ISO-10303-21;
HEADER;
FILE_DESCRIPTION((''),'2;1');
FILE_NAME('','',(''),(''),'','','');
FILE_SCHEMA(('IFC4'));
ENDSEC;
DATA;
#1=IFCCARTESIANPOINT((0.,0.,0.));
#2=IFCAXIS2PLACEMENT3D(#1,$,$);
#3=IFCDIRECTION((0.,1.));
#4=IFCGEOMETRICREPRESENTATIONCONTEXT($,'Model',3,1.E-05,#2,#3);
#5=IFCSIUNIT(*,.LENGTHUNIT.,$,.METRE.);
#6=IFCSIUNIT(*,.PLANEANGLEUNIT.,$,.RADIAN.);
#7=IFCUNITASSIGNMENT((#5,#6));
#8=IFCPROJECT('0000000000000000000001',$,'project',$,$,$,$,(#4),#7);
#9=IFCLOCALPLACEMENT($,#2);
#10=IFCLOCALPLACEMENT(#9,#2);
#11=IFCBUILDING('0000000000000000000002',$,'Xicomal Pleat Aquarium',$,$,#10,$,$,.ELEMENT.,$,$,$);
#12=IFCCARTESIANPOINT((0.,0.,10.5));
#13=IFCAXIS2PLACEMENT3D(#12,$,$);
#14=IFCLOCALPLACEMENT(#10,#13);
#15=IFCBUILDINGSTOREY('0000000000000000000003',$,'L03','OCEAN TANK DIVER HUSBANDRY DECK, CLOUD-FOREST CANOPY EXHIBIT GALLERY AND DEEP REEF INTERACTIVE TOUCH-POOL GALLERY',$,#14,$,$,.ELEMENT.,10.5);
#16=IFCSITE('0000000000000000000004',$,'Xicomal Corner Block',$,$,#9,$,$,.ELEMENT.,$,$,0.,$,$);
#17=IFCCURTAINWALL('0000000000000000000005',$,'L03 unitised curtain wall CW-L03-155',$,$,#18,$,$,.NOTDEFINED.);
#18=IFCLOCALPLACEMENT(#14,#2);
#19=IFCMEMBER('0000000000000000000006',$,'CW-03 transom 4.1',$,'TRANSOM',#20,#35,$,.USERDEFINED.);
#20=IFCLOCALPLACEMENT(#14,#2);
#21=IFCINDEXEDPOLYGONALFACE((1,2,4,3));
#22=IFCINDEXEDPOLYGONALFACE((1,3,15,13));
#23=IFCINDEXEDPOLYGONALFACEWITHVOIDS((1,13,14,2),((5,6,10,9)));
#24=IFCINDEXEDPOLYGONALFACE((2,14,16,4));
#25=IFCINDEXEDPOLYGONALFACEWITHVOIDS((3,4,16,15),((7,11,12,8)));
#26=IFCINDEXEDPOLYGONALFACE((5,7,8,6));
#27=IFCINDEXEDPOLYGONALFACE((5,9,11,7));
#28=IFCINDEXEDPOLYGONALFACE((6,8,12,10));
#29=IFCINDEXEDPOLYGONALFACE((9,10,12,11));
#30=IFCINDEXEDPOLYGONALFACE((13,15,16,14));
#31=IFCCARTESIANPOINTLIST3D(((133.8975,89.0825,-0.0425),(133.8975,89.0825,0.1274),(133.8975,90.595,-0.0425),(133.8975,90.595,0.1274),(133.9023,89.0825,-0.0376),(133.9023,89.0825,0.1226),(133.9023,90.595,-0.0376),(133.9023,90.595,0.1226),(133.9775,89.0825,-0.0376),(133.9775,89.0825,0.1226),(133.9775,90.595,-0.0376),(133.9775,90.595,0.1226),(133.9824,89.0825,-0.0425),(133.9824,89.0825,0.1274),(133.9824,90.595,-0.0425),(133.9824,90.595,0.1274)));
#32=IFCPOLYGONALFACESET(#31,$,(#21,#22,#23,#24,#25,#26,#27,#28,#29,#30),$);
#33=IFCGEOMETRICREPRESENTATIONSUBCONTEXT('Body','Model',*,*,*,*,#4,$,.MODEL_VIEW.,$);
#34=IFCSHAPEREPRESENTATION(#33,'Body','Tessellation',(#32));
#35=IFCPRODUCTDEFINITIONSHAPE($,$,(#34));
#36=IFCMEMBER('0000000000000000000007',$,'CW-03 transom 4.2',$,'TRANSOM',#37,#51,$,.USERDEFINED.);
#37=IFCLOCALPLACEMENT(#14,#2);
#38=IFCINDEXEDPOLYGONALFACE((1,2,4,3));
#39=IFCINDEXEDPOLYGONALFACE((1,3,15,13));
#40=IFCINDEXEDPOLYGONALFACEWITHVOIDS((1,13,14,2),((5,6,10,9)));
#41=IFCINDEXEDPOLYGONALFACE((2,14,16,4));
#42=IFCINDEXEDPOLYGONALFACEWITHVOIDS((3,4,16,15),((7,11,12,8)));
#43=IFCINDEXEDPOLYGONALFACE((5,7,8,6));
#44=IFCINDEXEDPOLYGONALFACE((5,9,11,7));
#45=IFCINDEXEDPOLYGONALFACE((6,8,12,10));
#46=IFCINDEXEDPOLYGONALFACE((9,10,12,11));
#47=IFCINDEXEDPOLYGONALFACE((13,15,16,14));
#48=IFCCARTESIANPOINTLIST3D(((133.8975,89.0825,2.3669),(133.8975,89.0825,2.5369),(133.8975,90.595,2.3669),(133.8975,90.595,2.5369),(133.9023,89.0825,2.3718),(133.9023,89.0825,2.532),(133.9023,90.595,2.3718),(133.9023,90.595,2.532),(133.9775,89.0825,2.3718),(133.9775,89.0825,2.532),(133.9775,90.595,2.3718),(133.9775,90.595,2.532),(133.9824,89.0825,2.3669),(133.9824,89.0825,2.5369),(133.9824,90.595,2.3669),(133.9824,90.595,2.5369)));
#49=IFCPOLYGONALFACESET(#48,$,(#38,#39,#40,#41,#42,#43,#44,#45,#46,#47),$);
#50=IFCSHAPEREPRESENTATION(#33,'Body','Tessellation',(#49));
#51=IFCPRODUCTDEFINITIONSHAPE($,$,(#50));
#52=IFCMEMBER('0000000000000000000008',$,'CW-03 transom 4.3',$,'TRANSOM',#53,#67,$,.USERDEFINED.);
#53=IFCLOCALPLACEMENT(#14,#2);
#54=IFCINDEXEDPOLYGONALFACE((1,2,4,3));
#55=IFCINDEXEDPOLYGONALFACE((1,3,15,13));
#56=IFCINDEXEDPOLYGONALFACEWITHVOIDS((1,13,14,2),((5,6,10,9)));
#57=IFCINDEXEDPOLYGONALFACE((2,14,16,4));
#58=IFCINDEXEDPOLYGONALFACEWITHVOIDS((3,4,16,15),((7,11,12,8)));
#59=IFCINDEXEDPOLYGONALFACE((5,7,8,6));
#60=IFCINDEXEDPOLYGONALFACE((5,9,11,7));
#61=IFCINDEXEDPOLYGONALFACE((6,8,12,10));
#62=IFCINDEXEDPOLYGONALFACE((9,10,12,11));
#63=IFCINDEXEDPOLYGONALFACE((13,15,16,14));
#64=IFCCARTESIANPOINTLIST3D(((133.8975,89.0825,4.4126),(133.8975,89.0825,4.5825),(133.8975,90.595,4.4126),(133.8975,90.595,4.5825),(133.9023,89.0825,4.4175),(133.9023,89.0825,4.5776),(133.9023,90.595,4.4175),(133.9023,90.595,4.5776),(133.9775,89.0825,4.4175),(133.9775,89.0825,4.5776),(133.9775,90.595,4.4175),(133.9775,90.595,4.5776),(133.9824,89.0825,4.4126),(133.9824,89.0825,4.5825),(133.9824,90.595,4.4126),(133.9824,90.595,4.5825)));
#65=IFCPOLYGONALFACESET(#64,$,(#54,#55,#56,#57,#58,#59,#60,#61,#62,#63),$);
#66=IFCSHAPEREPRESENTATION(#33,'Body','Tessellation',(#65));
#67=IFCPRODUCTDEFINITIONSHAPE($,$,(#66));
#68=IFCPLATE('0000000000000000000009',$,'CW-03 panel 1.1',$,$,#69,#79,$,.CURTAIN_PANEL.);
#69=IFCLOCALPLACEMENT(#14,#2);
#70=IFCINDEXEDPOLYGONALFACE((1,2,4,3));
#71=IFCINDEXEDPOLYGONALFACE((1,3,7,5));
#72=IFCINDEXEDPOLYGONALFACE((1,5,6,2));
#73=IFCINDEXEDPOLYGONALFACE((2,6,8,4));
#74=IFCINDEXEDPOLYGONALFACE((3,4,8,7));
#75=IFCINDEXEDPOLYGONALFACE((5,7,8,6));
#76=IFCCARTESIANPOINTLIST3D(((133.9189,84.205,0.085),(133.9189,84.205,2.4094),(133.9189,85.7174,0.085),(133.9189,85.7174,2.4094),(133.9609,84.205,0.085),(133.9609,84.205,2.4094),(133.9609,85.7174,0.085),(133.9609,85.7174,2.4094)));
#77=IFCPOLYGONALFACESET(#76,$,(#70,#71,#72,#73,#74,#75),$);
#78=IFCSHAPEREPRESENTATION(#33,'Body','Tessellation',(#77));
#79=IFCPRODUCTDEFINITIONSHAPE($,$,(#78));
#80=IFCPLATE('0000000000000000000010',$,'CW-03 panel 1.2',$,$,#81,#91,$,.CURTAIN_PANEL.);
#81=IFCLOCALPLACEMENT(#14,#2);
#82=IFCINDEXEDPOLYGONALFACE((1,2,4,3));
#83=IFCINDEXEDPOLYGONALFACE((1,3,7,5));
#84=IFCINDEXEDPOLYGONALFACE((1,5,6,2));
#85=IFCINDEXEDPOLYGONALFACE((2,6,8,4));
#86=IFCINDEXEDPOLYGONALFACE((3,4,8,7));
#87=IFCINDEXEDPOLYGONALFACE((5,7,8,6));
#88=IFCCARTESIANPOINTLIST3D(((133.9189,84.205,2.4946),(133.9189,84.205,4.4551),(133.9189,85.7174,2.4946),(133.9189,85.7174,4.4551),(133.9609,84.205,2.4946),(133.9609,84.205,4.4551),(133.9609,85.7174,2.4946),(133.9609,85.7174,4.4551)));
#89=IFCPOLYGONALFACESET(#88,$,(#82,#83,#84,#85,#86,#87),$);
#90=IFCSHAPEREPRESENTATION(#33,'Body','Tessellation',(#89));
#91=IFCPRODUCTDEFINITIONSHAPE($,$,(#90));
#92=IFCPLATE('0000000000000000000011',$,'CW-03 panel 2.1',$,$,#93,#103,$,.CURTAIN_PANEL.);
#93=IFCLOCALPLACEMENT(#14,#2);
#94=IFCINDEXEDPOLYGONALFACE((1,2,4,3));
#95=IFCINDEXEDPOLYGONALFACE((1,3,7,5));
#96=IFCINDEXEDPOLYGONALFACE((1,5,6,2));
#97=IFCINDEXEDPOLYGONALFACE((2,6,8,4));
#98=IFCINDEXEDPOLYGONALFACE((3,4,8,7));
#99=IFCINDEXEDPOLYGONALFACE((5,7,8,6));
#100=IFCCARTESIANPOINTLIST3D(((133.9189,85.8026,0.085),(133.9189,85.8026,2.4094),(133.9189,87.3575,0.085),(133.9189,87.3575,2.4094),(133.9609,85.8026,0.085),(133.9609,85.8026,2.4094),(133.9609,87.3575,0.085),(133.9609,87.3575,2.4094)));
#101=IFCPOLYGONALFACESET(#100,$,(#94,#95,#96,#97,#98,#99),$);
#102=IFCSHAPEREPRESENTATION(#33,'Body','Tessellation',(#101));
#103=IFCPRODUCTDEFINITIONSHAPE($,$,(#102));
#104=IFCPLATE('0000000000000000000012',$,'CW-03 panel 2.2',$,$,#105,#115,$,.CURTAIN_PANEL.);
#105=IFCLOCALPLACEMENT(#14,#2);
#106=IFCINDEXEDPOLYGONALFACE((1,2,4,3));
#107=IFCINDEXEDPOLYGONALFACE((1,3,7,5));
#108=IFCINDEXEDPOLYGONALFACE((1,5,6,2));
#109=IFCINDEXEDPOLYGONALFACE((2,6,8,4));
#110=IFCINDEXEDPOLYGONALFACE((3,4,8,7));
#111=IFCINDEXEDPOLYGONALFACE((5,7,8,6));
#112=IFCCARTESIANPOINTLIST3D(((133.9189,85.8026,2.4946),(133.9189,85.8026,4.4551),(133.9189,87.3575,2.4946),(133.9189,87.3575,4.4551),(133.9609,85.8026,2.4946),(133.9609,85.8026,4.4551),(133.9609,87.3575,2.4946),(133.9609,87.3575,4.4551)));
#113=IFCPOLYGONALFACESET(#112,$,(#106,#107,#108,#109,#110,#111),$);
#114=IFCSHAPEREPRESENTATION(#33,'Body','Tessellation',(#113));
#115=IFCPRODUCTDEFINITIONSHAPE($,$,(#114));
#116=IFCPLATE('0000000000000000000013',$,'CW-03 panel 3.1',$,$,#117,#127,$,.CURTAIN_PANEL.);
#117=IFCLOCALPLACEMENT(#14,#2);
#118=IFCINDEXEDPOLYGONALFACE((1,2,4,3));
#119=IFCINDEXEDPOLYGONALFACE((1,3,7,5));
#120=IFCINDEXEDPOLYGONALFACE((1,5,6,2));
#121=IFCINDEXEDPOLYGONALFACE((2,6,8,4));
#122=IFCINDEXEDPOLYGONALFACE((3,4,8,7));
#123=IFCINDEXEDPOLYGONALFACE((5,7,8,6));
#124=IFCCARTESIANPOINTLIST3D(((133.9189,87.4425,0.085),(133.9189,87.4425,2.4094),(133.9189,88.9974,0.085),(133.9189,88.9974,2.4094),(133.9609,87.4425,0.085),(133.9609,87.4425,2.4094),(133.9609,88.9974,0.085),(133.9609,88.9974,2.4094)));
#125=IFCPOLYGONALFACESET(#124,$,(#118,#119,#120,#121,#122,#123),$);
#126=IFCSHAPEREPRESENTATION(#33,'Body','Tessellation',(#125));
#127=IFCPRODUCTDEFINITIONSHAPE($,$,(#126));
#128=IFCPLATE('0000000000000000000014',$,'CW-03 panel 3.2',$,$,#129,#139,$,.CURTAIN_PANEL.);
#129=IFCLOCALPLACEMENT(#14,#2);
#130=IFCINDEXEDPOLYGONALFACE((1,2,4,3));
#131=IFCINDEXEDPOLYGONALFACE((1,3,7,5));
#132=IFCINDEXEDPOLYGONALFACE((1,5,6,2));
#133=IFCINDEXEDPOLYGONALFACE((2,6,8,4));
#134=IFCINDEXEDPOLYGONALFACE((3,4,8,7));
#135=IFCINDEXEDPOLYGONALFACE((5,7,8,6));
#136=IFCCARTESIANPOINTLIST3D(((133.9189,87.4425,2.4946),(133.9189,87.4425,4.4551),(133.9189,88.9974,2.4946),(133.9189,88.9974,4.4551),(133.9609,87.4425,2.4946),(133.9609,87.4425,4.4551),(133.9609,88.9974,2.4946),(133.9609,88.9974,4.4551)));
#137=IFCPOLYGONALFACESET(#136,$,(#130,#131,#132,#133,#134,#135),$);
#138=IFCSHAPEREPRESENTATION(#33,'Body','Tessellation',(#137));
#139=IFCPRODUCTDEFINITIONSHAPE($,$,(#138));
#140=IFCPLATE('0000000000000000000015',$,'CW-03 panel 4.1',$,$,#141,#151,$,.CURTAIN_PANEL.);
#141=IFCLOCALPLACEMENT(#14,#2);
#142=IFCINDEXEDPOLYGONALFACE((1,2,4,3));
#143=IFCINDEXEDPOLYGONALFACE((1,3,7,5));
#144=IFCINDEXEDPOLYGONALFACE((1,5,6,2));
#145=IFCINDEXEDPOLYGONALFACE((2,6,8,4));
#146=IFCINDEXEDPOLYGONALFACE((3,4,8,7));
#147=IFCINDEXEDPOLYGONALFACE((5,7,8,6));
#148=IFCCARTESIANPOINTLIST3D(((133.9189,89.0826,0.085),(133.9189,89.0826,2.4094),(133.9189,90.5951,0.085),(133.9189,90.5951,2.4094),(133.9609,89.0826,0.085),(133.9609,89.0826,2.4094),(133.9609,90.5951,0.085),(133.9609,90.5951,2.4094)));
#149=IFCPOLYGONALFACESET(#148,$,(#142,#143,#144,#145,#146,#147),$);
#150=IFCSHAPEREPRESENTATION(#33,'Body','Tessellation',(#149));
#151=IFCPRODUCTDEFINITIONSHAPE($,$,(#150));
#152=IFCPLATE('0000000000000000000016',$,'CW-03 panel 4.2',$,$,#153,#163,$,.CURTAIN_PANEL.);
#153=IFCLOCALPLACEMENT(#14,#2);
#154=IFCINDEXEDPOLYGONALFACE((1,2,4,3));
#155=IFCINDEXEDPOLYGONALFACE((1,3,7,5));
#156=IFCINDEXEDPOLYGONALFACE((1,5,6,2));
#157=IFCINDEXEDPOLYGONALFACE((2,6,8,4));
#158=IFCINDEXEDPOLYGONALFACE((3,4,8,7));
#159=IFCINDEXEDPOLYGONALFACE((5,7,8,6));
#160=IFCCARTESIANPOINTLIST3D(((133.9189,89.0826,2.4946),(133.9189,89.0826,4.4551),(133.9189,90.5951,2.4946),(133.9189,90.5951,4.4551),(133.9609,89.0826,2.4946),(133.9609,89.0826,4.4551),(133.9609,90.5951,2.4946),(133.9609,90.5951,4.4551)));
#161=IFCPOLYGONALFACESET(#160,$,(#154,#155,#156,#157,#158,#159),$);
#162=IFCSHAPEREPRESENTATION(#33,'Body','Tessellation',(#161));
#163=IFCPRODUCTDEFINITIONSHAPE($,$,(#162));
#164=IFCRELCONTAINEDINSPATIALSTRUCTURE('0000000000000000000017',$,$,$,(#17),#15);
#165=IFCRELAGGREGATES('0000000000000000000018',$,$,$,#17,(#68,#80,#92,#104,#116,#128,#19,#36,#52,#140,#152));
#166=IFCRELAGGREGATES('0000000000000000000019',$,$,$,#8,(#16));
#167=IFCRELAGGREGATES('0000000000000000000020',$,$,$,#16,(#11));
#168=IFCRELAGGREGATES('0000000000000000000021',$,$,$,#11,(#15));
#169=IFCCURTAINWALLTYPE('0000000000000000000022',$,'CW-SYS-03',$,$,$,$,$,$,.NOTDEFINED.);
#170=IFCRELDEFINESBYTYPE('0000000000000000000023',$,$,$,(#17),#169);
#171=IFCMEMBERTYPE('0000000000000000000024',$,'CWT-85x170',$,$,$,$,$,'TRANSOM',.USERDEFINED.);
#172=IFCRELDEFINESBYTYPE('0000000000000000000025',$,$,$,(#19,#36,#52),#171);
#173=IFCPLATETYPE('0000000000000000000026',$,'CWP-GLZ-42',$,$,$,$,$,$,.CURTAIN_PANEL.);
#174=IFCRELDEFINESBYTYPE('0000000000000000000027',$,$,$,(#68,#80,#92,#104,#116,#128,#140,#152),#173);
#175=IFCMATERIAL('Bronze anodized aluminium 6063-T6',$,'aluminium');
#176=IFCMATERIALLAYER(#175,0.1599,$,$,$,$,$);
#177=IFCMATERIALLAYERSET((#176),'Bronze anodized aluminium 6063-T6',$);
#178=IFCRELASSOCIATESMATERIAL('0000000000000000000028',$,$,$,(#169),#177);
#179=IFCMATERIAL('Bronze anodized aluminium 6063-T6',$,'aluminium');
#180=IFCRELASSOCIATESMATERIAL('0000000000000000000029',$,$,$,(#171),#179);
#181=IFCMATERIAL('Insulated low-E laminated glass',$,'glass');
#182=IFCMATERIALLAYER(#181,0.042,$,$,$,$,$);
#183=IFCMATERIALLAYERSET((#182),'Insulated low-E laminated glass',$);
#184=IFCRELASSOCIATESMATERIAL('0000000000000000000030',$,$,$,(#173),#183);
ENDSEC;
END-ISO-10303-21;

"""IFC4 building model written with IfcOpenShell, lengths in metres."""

from ifc_helpers import new_model, si_unit, direction, frame, origin, origin_2d, place, context, subcontext, project, spatial, rectangle, hollow_rectangle, extrude, material, layer, layer_set, material_profile, profile_set, type_object, element, aggregate, save


model = new_model("IFC4")

# Units and contexts
model_context = context("Model", 3, precision=1e-05, world=origin(), true_north=direction((0.0, 1.0)))
body_context = subcontext(model_context, "Body", "Model", "MODEL_VIEW")
ifc_project = project(units=[si_unit("LENGTHUNIT", "METRE"), si_unit("PLANEANGLEUNIT", "RADIAN")], contexts=[model_context])

# Site, building, storey
site_placement = place(None, origin())
site = spatial("IfcSite", under=ifc_project, at=site_placement, Name="Xicomal Corner Block", CompositionType="ELEMENT", RefElevation=0.0)
building_placement = place(site_placement, origin())
building = spatial("IfcBuilding", under=site, at=building_placement, Name="Xicomal Pleat Aquarium", CompositionType="ELEMENT")
storey_placement = place(building_placement, frame((0.0, 0.0, 10.5)))
storey = spatial("IfcBuildingStorey", under=building, at=storey_placement, Name="L03", Description="OCEAN TANK DIVER HUSBANDRY DECK, CLOUD-FOREST CANOPY EXHIBIT GALLERY AND DEEP REEF INTERACTIVE TOUCH-POOL GALLERY", CompositionType="ELEMENT", Elevation=10.5)

# Curtain wall, members, plates
ifc_material_1 = material(Name="Bronze anodized aluminium 6063-T6", Category="aluminium")
ifc_layer_1 = layer(ifc_material_1, 0.1599)
ifc_layer_set_1 = layer_set([ifc_layer_1], Name="Bronze anodized aluminium 6063-T6")
curtain_wall_type = type_object("IfcCurtainWallType", Name="CW-SYS-03", PredefinedType="NOTDEFINED", material=ifc_layer_set_1)
curtain_wall_placement = place(storey_placement, origin())
curtain_wall = element("IfcCurtainWall", 1, at=curtain_wall_placement, inside=storey, type_object=curtain_wall_type, Name="L03 unitised curtain wall CW-L03-155", PredefinedType="NOTDEFINED")
ifc_material_2 = material(Name="Bronze anodized aluminium 6063-T6", Category="aluminium")
ifc_material_profile_1 = material_profile(ifc_material_2, hollow_rectangle(XDim=0.085, YDim=0.1699, WallThickness=0.0049, at=origin_2d()), Name="ALU TRAN 85x170")
ifc_profile_set_1 = profile_set([ifc_material_profile_1], Name="Bronze anodized aluminium 6063-T6")
member_type_1 = type_object("IfcMemberType", Name="CWT-85x170", ElementType="TRANSOM", PredefinedType="USERDEFINED", material=ifc_profile_set_1)
member_1_placement = place(storey_placement, frame((133.9399, 89.0825, 0.0425), z_axis=(0.0, 1.0, 0.0), x_axis=(-1.0, 0.0, 0.0)))
member_1 = element("IfcMember", 2, at=member_1_placement, type_object=member_type_1, Name="CW-03 transom 4.1", ObjectType="TRANSOM", PredefinedType="USERDEFINED", context=body_context, shape_type="SweptSolid", body=[
    extrude(hollow_rectangle(XDim=0.085, YDim=0.1699, WallThickness=0.0049, at=origin_2d()), origin(), (0.0, 0.0, 1.0), 1.5125),
])
member_2_placement = place(storey_placement, frame((133.9399, 89.0825, 2.4519), z_axis=(0.0, 1.0, 0.0), x_axis=(-1.0, 0.0, 0.0)))
member_2 = element("IfcMember", 3, at=member_2_placement, type_object=member_type_1, Name="CW-03 transom 4.2", ObjectType="TRANSOM", PredefinedType="USERDEFINED", context=body_context, shape_type="SweptSolid", body=[
    extrude(hollow_rectangle(XDim=0.085, YDim=0.1699, WallThickness=0.0049, at=origin_2d()), origin(), (0.0, 0.0, 1.0), 1.5125),
])
member_3_placement = place(storey_placement, frame((133.9399, 89.0825, 4.4976), z_axis=(0.0, 1.0, 0.0), x_axis=(-1.0, 0.0, 0.0)))
member_3 = element("IfcMember", 4, at=member_3_placement, type_object=member_type_1, Name="CW-03 transom 4.3", ObjectType="TRANSOM", PredefinedType="USERDEFINED", context=body_context, shape_type="SweptSolid", body=[
    extrude(hollow_rectangle(XDim=0.085, YDim=0.1699, WallThickness=0.0049, at=origin_2d()), origin(), (0.0, 0.0, 1.0), 1.5125),
])
ifc_material_3 = material(Name="Insulated low-E laminated glass", Category="glass")
ifc_layer_2 = layer(ifc_material_3, 0.042)
ifc_layer_set_2 = layer_set([ifc_layer_2], Name="Insulated low-E laminated glass")
plate_type = type_object("IfcPlateType", Name="CWP-GLZ-42", PredefinedType="CURTAIN_PANEL", material=ifc_layer_set_2)
plate_1_placement = place(storey_placement, frame((133.9399, 84.9612, 0.085), z_axis=(0.0, 0.0, 1.0), x_axis=(0.0, 1.0, 0.0)))
plate_1 = element("IfcPlate", 5, at=plate_1_placement, type_object=plate_type, Name="CW-03 panel 1.1", PredefinedType="CURTAIN_PANEL", context=body_context, shape_type="SweptSolid", body=[
    extrude(rectangle(XDim=1.5125, YDim=0.042, at=origin_2d()), origin(), (0.0, 0.0, 1.0), 2.3245),
])
plate_2_placement = place(storey_placement, frame((133.9399, 84.9612, 2.4946), z_axis=(0.0, 0.0, 1.0), x_axis=(0.0, 1.0, 0.0)))
plate_2 = element("IfcPlate", 6, at=plate_2_placement, type_object=plate_type, Name="CW-03 panel 1.2", PredefinedType="CURTAIN_PANEL", context=body_context, shape_type="SweptSolid", body=[
    extrude(rectangle(XDim=1.5125, YDim=0.042, at=origin_2d()), origin(), (0.0, 0.0, 1.0), 1.9604),
])
plate_3_placement = place(storey_placement, frame((133.9399, 86.5801, 0.085), z_axis=(0.0, 0.0, 1.0), x_axis=(0.0, 1.0, 0.0)))
plate_3 = element("IfcPlate", 7, at=plate_3_placement, type_object=plate_type, Name="CW-03 panel 2.1", PredefinedType="CURTAIN_PANEL", context=body_context, shape_type="SweptSolid", body=[
    extrude(rectangle(XDim=1.5549, YDim=0.042, at=origin_2d()), origin(), (0.0, 0.0, 1.0), 2.3245),
])
plate_4_placement = place(storey_placement, frame((133.9399, 86.5801, 2.4946), z_axis=(0.0, 0.0, 1.0), x_axis=(0.0, 1.0, 0.0)))
plate_4 = element("IfcPlate", 8, at=plate_4_placement, type_object=plate_type, Name="CW-03 panel 2.2", PredefinedType="CURTAIN_PANEL", context=body_context, shape_type="SweptSolid", body=[
    extrude(rectangle(XDim=1.5549, YDim=0.042, at=origin_2d()), origin(), (0.0, 0.0, 1.0), 1.9604),
])
plate_5_placement = place(storey_placement, frame((133.9399, 88.22, 0.085), z_axis=(0.0, 0.0, 1.0), x_axis=(0.0, 1.0, 0.0)))
plate_5 = element("IfcPlate", 9, at=plate_5_placement, type_object=plate_type, Name="CW-03 panel 3.1", PredefinedType="CURTAIN_PANEL", context=body_context, shape_type="SweptSolid", body=[
    extrude(rectangle(XDim=1.5549, YDim=0.042, at=origin_2d()), origin(), (0.0, 0.0, 1.0), 2.3245),
])
plate_6_placement = place(storey_placement, frame((133.9399, 88.22, 2.4946), z_axis=(0.0, 0.0, 1.0), x_axis=(0.0, 1.0, 0.0)))
plate_6 = element("IfcPlate", 10, at=plate_6_placement, type_object=plate_type, Name="CW-03 panel 3.2", PredefinedType="CURTAIN_PANEL", context=body_context, shape_type="SweptSolid", body=[
    extrude(rectangle(XDim=1.5549, YDim=0.042, at=origin_2d()), origin(), (0.0, 0.0, 1.0), 1.9604),
])
plate_7_placement = place(storey_placement, frame((133.9399, 89.8389, 0.085), z_axis=(0.0, 0.0, 1.0), x_axis=(0.0, 1.0, 0.0)))
plate_7 = element("IfcPlate", 11, at=plate_7_placement, type_object=plate_type, Name="CW-03 panel 4.1", PredefinedType="CURTAIN_PANEL", context=body_context, shape_type="SweptSolid", body=[
    extrude(rectangle(XDim=1.5125, YDim=0.042, at=origin_2d()), origin(), (0.0, 0.0, 1.0), 2.3245),
])
plate_8_placement = place(storey_placement, frame((133.9399, 89.8389, 2.4946), z_axis=(0.0, 0.0, 1.0), x_axis=(0.0, 1.0, 0.0)))
plate_8 = element("IfcPlate", 12, at=plate_8_placement, type_object=plate_type, Name="CW-03 panel 4.2", PredefinedType="CURTAIN_PANEL", context=body_context, shape_type="SweptSolid", body=[
    extrude(rectangle(XDim=1.5125, YDim=0.042, at=origin_2d()), origin(), (0.0, 0.0, 1.0), 1.9604),
])
aggregate(curtain_wall, [plate_1, plate_2, plate_3, plate_4, plate_5, plate_6, member_1, member_2, member_3, plate_7, plate_8])

save(model, "model.ifc")
